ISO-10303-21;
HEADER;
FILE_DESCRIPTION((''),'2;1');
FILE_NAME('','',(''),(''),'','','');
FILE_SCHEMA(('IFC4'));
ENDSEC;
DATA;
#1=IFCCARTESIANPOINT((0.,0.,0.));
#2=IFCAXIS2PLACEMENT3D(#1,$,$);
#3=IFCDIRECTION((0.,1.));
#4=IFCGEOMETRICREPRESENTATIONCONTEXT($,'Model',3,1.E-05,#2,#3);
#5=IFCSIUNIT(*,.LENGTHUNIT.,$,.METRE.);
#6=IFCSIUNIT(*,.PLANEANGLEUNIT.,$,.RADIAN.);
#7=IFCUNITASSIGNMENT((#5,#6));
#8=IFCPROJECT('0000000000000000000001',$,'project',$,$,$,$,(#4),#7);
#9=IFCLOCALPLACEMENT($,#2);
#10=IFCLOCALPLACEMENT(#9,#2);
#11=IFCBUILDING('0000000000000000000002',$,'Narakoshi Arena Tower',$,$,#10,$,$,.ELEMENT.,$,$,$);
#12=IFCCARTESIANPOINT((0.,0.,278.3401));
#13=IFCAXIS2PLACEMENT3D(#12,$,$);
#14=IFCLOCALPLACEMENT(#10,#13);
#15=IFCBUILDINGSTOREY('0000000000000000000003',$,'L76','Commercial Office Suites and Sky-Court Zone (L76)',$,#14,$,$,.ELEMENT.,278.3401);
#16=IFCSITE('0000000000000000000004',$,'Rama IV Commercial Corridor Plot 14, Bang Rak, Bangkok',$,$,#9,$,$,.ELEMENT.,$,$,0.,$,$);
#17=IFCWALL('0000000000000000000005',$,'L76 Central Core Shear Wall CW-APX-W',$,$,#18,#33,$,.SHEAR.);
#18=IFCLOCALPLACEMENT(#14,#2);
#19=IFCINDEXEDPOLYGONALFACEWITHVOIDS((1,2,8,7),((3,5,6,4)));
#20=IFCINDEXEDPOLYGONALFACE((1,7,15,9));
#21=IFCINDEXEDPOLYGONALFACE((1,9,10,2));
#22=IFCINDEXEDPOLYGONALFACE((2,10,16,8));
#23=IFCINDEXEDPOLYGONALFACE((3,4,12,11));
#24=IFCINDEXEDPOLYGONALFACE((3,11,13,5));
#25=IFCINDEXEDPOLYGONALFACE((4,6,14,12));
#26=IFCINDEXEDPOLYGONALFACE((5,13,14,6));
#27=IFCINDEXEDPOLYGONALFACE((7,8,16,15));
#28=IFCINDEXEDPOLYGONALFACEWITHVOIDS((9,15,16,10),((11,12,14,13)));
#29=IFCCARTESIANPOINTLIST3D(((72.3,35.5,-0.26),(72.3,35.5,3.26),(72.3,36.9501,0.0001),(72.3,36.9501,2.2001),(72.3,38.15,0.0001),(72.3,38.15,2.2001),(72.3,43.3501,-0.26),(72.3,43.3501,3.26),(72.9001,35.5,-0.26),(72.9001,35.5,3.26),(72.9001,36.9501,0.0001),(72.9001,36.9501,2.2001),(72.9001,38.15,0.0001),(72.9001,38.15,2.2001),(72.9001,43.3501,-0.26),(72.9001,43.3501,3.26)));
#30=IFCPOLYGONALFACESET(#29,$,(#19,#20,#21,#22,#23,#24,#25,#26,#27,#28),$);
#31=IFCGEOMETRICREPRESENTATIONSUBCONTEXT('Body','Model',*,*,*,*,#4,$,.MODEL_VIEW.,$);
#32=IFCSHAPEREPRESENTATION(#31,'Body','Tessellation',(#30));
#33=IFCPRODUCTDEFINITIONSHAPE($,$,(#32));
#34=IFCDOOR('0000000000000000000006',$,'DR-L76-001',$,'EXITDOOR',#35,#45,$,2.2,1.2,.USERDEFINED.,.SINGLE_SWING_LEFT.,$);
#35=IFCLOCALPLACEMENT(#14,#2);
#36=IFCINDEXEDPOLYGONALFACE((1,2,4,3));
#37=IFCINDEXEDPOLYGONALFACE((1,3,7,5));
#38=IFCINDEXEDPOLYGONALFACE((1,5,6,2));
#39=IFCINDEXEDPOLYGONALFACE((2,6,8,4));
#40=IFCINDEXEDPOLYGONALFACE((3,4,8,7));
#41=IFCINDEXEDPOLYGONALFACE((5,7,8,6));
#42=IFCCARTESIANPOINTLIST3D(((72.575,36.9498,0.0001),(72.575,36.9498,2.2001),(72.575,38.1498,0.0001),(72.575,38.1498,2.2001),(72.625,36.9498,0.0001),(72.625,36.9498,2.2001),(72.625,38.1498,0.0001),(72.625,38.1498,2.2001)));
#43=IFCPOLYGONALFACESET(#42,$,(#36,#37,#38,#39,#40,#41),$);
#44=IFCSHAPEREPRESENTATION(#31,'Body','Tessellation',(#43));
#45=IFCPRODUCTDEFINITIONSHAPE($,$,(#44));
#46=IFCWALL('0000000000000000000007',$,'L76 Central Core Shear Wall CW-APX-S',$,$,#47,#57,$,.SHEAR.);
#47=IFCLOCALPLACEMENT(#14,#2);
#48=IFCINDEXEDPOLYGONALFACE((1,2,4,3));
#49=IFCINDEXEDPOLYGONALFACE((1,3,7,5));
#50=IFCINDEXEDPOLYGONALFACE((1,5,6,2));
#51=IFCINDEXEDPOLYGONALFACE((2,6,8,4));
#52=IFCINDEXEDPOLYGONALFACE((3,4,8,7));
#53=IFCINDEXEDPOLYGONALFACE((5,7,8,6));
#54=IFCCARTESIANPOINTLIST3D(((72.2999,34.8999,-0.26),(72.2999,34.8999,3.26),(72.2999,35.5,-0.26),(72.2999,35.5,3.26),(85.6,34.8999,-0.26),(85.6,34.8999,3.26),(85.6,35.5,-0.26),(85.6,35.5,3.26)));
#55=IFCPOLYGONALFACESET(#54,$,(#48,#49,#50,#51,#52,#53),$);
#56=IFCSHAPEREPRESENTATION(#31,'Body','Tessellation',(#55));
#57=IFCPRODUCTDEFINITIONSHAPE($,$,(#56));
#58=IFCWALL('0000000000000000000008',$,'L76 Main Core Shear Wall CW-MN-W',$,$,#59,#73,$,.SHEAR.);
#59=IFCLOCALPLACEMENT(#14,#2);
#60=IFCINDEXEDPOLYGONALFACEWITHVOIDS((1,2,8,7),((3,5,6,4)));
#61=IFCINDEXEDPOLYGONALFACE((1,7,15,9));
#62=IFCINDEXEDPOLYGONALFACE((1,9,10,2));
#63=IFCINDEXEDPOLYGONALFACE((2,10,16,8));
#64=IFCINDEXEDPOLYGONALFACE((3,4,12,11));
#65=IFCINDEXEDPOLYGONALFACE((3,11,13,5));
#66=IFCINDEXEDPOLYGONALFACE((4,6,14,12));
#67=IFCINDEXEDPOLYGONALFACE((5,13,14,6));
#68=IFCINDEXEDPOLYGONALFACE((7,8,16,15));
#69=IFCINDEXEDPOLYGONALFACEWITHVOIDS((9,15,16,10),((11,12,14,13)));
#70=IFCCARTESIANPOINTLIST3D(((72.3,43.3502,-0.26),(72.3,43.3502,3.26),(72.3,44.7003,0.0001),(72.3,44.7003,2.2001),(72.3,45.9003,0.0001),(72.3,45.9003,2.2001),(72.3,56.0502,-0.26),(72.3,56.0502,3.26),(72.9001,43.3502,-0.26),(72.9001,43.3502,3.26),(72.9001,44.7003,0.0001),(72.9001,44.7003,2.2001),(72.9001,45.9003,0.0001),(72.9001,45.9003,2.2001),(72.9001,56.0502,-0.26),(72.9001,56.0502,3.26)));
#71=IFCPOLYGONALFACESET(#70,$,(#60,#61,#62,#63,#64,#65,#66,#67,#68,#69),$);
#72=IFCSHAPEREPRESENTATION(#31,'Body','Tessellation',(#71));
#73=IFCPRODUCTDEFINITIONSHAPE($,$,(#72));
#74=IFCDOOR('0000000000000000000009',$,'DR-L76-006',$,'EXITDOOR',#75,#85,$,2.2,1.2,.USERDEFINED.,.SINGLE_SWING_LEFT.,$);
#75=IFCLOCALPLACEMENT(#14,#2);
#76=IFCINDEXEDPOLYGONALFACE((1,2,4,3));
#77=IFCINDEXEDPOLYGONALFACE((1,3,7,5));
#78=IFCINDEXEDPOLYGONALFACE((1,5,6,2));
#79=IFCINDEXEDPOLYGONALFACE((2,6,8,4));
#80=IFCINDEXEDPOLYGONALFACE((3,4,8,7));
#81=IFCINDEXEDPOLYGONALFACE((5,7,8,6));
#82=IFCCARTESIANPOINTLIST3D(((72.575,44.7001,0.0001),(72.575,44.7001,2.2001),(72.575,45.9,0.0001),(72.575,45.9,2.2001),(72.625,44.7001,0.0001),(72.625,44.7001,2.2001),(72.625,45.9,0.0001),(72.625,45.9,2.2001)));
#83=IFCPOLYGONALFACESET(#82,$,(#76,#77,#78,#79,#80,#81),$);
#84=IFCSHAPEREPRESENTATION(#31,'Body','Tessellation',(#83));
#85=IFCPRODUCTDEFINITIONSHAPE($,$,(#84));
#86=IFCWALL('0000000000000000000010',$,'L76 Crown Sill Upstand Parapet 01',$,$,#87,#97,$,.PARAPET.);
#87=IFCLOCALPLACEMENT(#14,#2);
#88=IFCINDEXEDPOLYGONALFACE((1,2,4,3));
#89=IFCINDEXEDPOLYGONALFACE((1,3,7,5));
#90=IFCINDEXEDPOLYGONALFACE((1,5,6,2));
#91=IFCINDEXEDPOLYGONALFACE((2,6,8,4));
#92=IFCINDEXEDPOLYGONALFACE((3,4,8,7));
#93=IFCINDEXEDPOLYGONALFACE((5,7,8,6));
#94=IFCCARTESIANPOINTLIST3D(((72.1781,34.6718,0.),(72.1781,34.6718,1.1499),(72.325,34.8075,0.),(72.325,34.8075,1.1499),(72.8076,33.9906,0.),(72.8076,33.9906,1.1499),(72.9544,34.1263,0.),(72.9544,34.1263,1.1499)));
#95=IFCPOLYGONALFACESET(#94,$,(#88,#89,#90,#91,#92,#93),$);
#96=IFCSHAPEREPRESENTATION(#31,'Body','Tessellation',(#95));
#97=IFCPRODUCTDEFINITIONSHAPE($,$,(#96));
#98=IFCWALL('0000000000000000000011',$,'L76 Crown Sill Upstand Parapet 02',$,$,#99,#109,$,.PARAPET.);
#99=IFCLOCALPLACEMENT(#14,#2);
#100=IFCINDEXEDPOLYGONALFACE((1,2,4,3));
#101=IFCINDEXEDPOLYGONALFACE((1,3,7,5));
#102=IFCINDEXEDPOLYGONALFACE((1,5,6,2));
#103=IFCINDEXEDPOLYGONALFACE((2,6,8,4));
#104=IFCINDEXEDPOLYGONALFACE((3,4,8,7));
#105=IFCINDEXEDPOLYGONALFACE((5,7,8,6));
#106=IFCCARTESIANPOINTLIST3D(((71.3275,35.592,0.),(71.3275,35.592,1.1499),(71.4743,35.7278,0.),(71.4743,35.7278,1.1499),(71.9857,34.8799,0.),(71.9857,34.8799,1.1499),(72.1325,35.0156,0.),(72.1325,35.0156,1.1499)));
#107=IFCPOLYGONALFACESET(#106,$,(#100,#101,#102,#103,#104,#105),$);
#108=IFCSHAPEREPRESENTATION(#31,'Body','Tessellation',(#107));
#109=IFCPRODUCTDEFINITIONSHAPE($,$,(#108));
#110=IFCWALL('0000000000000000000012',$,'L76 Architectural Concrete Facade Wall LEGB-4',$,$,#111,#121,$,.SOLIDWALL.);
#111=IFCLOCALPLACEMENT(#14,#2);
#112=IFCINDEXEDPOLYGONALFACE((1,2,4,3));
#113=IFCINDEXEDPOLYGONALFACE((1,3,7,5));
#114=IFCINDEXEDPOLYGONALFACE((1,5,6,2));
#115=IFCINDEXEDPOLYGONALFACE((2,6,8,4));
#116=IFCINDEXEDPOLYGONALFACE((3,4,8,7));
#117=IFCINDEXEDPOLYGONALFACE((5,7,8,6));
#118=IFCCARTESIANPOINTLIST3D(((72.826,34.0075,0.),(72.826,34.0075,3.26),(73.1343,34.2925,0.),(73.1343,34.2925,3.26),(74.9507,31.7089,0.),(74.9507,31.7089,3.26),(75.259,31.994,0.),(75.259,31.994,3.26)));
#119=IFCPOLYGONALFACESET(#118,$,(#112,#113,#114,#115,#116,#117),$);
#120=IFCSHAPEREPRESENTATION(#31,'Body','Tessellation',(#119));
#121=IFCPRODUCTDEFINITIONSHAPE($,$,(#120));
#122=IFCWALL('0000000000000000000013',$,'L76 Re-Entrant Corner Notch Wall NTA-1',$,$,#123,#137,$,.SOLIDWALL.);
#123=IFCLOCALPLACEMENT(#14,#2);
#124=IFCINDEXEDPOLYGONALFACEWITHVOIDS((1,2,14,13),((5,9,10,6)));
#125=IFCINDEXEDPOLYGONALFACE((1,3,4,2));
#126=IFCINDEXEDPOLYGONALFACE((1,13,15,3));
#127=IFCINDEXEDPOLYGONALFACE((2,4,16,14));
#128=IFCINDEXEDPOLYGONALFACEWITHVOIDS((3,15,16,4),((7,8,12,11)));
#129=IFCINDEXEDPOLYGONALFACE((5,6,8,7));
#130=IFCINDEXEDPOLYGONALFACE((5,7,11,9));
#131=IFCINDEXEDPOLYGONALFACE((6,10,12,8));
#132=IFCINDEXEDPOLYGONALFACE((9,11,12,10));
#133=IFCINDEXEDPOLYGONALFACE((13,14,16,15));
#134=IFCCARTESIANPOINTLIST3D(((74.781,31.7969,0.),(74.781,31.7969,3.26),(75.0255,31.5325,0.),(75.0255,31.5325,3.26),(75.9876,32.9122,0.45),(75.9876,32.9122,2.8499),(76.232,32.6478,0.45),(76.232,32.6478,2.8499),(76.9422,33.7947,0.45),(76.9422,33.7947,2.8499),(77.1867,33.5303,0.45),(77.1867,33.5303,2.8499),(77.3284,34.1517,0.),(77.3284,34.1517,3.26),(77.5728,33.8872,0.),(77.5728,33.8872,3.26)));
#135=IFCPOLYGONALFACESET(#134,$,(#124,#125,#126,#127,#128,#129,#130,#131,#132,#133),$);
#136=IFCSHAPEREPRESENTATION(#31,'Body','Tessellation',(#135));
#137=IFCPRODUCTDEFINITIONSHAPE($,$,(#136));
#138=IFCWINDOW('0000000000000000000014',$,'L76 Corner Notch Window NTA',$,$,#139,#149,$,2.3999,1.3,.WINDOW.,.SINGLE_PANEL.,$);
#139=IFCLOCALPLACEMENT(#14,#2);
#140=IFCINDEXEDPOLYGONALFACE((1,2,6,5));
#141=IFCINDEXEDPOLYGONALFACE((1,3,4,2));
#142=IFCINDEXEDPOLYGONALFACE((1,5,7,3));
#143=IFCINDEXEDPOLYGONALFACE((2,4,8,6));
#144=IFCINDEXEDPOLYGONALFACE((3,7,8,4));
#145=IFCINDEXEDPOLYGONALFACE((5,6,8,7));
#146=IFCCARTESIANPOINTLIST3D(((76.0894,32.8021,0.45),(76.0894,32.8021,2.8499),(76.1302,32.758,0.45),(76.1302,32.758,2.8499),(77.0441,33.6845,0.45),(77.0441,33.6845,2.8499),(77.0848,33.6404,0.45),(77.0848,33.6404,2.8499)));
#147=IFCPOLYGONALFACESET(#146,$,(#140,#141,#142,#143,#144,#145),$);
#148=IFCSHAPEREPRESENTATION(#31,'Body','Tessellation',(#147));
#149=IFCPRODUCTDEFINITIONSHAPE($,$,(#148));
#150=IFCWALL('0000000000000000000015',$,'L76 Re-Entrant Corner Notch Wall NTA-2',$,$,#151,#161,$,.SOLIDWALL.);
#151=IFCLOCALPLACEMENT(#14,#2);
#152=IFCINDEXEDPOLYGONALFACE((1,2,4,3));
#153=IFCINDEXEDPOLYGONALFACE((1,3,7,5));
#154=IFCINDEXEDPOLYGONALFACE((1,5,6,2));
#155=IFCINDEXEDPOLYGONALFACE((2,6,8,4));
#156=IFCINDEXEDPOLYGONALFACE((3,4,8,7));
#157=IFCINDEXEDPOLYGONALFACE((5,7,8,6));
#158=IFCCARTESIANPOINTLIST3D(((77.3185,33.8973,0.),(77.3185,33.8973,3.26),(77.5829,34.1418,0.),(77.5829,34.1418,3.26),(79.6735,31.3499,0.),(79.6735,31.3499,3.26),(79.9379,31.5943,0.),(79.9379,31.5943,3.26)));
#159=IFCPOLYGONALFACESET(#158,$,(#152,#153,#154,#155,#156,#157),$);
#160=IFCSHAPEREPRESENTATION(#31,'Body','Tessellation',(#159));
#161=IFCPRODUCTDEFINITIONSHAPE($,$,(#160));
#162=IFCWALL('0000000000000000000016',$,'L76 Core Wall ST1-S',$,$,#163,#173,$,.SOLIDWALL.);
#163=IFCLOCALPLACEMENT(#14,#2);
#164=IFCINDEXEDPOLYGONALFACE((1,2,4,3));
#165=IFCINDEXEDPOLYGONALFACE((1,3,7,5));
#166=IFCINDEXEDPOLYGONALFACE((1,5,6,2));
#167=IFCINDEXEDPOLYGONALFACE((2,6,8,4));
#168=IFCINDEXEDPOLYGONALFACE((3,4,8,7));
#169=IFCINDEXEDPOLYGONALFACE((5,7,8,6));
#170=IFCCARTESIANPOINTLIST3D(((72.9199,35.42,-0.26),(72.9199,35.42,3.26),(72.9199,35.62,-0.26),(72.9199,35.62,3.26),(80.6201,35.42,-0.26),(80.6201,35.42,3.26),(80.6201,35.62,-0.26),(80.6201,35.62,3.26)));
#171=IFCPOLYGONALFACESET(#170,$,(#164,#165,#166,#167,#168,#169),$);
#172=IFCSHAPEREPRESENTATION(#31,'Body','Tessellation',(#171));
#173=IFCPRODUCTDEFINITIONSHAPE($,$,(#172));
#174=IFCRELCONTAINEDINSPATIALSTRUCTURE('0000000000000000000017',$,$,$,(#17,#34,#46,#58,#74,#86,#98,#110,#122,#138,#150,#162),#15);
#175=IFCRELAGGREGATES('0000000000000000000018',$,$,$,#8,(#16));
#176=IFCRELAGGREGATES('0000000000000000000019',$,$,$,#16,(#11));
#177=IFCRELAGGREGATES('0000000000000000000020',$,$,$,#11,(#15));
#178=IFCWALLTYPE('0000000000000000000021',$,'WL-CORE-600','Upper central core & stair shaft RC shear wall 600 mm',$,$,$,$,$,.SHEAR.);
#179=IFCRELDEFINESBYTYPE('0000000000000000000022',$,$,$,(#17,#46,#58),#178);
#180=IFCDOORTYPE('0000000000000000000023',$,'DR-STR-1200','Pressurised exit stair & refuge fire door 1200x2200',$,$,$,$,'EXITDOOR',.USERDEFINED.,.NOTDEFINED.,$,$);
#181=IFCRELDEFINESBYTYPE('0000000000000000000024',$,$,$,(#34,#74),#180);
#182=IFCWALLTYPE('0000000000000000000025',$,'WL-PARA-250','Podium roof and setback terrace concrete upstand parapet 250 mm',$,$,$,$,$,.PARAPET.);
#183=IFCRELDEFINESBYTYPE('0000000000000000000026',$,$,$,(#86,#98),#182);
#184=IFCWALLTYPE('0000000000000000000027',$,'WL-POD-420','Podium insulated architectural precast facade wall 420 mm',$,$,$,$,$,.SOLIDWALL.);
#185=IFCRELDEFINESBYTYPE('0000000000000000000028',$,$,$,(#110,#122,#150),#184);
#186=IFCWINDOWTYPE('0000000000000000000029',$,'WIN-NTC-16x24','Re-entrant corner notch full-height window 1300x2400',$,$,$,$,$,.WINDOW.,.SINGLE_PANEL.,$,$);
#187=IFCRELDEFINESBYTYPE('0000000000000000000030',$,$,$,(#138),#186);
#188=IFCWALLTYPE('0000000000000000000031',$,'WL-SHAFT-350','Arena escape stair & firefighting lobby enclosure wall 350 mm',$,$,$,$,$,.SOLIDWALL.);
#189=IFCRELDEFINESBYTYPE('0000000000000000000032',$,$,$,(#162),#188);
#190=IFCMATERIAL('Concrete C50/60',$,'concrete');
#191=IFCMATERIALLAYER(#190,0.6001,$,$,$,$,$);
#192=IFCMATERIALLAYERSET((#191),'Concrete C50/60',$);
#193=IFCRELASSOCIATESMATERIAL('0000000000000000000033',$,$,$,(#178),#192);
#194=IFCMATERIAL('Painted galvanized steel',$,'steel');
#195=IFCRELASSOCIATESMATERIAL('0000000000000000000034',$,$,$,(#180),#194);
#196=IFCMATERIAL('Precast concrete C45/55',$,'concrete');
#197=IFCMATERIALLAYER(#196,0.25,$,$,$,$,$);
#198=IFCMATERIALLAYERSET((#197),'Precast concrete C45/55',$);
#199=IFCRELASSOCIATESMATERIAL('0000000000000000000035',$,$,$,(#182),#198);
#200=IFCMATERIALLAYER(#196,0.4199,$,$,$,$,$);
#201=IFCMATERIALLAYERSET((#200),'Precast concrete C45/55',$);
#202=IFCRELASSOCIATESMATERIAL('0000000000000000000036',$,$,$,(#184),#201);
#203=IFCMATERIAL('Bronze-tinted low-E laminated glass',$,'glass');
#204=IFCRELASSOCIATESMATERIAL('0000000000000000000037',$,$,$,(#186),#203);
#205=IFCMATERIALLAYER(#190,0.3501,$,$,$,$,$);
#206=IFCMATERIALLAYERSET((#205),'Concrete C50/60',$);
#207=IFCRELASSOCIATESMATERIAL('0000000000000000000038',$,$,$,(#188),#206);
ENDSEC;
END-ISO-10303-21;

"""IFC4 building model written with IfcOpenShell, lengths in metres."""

from ifc_helpers import new_model, si_unit, direction, frame, frame_2d, origin, place, context, subcontext, project, spatial, rectangle, extrude, material, layer, layer_set, type_object, element, fill, save


model = new_model("IFC4")

# Units and contexts
model_context = context("Model", 3, precision=1e-05, world=origin(), true_north=direction((0.0, 1.0)))
body_context = subcontext(model_context, "Body", "Model", "MODEL_VIEW")
ifc_project = project(units=[si_unit("LENGTHUNIT", "METRE"), si_unit("PLANEANGLEUNIT", "RADIAN")], contexts=[model_context])

# Site, building, storey
site_placement = place(None, origin())
site = spatial("IfcSite", under=ifc_project, at=site_placement, Name="Rama IV Commercial Corridor Plot 14, Bang Rak, Bangkok", CompositionType="ELEMENT", RefElevation=0.0)
building_placement = place(site_placement, origin())
building = spatial("IfcBuilding", under=site, at=building_placement, Name="Narakoshi Arena Tower", CompositionType="ELEMENT")
storey_placement = place(building_placement, frame((0.0, 0.0, 278.3401)))
storey = spatial("IfcBuildingStorey", under=building, at=storey_placement, Name="L76", Description="Commercial Office Suites and Sky-Court Zone (L76)", CompositionType="ELEMENT", Elevation=278.3401)

# Wall, opening, door
ifc_material_1 = material(Name="Concrete C50/60", Category="concrete")
ifc_layer_1 = layer(ifc_material_1, 0.6001)
ifc_layer_set_1 = layer_set([ifc_layer_1], Name="Concrete C50/60")
wall_type_1 = type_object("IfcWallType", Name="WL-CORE-600", Description="Upper central core & stair shaft RC shear wall 600 mm", PredefinedType="SHEAR", material=ifc_layer_set_1)
wall_1_placement = place(storey_placement, frame((72.6001, 35.5, -0.26), z_axis=(0.0, 0.0, 1.0), x_axis=(0.0, 1.0, 0.0)))
wall_1 = element("IfcWall", 1, at=wall_1_placement, inside=storey, type_object=wall_type_1, Name="L76 Central Core Shear Wall CW-APX-W", PredefinedType="SHEAR", context=body_context, shape_type="SweptSolid", body=[
    extrude(rectangle(XDim=7.8501, YDim=0.6001, at=frame_2d((3.925, 0.0))), origin(), (0.0, 0.0, 1.0), 3.52),
])
opening_1_placement = place(wall_1_placement, frame((1.45, 0.0, 0.26)))
opening_1 = element("IfcOpeningElement", 2, at=opening_1_placement, cuts=wall_1, PredefinedType="OPENING", context=body_context, shape_type="SweptSolid", body=[
    extrude(rectangle(XDim=1.2, YDim=2.2, at=frame_2d((0.6001, 1.1001))), frame((0.0, 0.3101, 0.0), z_axis=(0.0, -1.0, 0.0), x_axis=(1.0, 0.0, 0.0)), (0.0, 0.0, 1.0), 0.6201),
])
ifc_material_2 = material(Name="Painted galvanized steel", Category="steel")
door_type = type_object("IfcDoorType", Name="DR-STR-1200", Description="Pressurised exit stair & refuge fire door 1200x2200", ElementType="EXITDOOR", OperationType="NOTDEFINED", PredefinedType="USERDEFINED", material=ifc_material_2)
door_1_placement = place(opening_1_placement, frame((1.2, 0.0, 0.0), z_axis=(0.0, 0.0, 1.0), x_axis=(-1.0, 0.0, 0.0)))
door_1 = element("IfcDoor", 3, at=door_1_placement, inside=storey, type_object=door_type, Name="DR-L76-001", ObjectType="EXITDOOR", OperationType="SINGLE_SWING_LEFT", OverallHeight=2.2, OverallWidth=1.2, PredefinedType="USERDEFINED", context=body_context, shape_type="SweptSolid", body=[
    extrude(rectangle(XDim=1.2, YDim=2.2, at=frame_2d((0.6001, 1.1001))), frame((0.0, 0.0249, 0.0), z_axis=(0.0, -1.0, 0.0), x_axis=(1.0, 0.0, 0.0)), (0.0, 0.0, 1.0), 0.05),
])
fill(opening_1, door_1)

# Wall
wall_2_placement = place(storey_placement, frame((72.3, 35.2, -0.26), z_axis=(0.0, 0.0, 1.0), x_axis=(1.0, 0.0, 0.0)))
element("IfcWall", 4, at=wall_2_placement, inside=storey, type_object=wall_type_1, Name="L76 Central Core Shear Wall CW-APX-S", PredefinedType="SHEAR", context=body_context, shape_type="SweptSolid", body=[
    extrude(rectangle(XDim=13.3, YDim=0.6001, at=frame_2d((6.6499, 0.0))), origin(), (0.0, 0.0, 1.0), 3.52),
])

# Wall, opening, door
wall_3_placement = place(storey_placement, frame((72.6001, 43.3501, -0.26), z_axis=(0.0, 0.0, 1.0), x_axis=(0.0, 1.0, 0.0)))
wall_3 = element("IfcWall", 5, at=wall_3_placement, inside=storey, type_object=wall_type_1, Name="L76 Main Core Shear Wall CW-MN-W", PredefinedType="SHEAR", context=body_context, shape_type="SweptSolid", body=[
    extrude(rectangle(XDim=12.7, YDim=0.6001, at=frame_2d((6.3501, 0.0))), origin(), (0.0, 0.0, 1.0), 3.52),
])
opening_2_placement = place(wall_3_placement, frame((1.3501, 0.0, 0.26)))
opening_2 = element("IfcOpeningElement", 6, at=opening_2_placement, cuts=wall_3, PredefinedType="OPENING", context=body_context, shape_type="SweptSolid", body=[
    extrude(rectangle(XDim=1.2, YDim=2.2, at=frame_2d((0.6001, 1.1001))), frame((0.0, 0.3101, 0.0), z_axis=(0.0, -1.0, 0.0), x_axis=(1.0, 0.0, 0.0)), (0.0, 0.0, 1.0), 0.6201),
])
door_2_placement = place(opening_2_placement, frame((1.2, 0.0, 0.0), z_axis=(0.0, 0.0, 1.0), x_axis=(-1.0, 0.0, 0.0)))
door_2 = element("IfcDoor", 7, at=door_2_placement, inside=storey, type_object=door_type, Name="DR-L76-006", ObjectType="EXITDOOR", OperationType="SINGLE_SWING_LEFT", OverallHeight=2.2, OverallWidth=1.2, PredefinedType="USERDEFINED", context=body_context, shape_type="SweptSolid", body=[
    extrude(rectangle(XDim=1.2, YDim=2.2, at=frame_2d((0.6001, 1.1001))), frame((0.0, 0.0249, 0.0), z_axis=(0.0, -1.0, 0.0), x_axis=(1.0, 0.0, 0.0)), (0.0, 0.0, 1.0), 0.05),
])
fill(opening_2, door_2)

# Walls
ifc_material_3 = material(Name="Precast concrete C45/55", Category="concrete")
ifc_layer_2 = layer(ifc_material_3, 0.25)
ifc_layer_set_2 = layer_set([ifc_layer_2], Name="Precast concrete C45/55")
wall_type_2 = type_object("IfcWallType", Name="WL-PARA-250", Description="Podium roof and setback terrace concrete upstand parapet 250 mm", PredefinedType="PARAPET", material=ifc_layer_set_2)
wall_4_placement = place(storey_placement, frame((72.8811, 34.0583, 0.0), z_axis=(0.0, 0.0, 1.0), x_axis=(-0.678652, 0.73446, 0.0)))
element("IfcWall", 8, at=wall_4_placement, inside=storey, type_object=wall_type_2, Name="L76 Crown Sill Upstand Parapet 01", PredefinedType="PARAPET", context=body_context, shape_type="SweptSolid", body=[
    extrude(rectangle(XDim=0.9275, YDim=0.2, at=frame_2d((0.4639, 0.0))), origin(), (0.0, 0.0, 1.0), 1.1499),
])
wall_5_placement = place(storey_placement, frame((72.0591, 34.9478, 0.0), z_axis=(0.0, 0.0, 1.0), x_axis=(-0.67874, 0.734379, 0.0)))
element("IfcWall", 9, at=wall_5_placement, inside=storey, type_object=wall_type_2, Name="L76 Crown Sill Upstand Parapet 02", PredefinedType="PARAPET", context=body_context, shape_type="SweptSolid", body=[
    extrude(rectangle(XDim=0.9697, YDim=0.2, at=frame_2d((0.4849, 0.0))), origin(), (0.0, 0.0, 1.0), 1.1499),
])
ifc_layer_3 = layer(ifc_material_3, 0.4199)
ifc_layer_set_3 = layer_set([ifc_layer_3], Name="Precast concrete C45/55")
wall_type_3 = type_object("IfcWallType", Name="WL-POD-420", Description="Podium insulated architectural precast facade wall 420 mm", PredefinedType="SOLIDWALL", material=ifc_layer_set_3)
wall_6_placement = place(storey_placement, frame((72.9802, 34.1499, 0.0), z_axis=(0.0, 0.0, 1.0), x_axis=(0.678795, -0.734328, 0.0)))
element("IfcWall", 10, at=wall_6_placement, inside=storey, type_object=wall_type_3, Name="L76 Architectural Concrete Facade Wall LEGB-4", PredefinedType="SOLIDWALL", context=body_context, shape_type="SweptSolid", body=[
    extrude(rectangle(XDim=3.1301, YDim=0.4199, at=frame_2d((1.5649, 0.0))), origin(), (0.0, 0.0, 1.0), 3.26),
])

# Wall, opening, window
wall_7_placement = place(storey_placement, frame((74.9033, 31.6648, 0.0), z_axis=(0.0, 0.0, 1.0), x_axis=(0.734326, 0.678797, 0.0)))
wall_7 = element("IfcWall", 11, at=wall_7_placement, inside=storey, type_object=wall_type_3, Name="L76 Re-Entrant Corner Notch Wall NTA-1", PredefinedType="SOLIDWALL", context=body_context, shape_type="SweptSolid", body=[
    extrude(rectangle(XDim=3.469, YDim=0.3601, at=frame_2d((1.7344, 0.0))), origin(), (0.0, 0.0, 1.0), 3.26),
])
opening_3_placement = place(wall_7_placement, frame((1.6431, 0.0, 0.45)))
opening_3 = element("IfcOpeningElement", 12, at=opening_3_placement, cuts=wall_7, PredefinedType="OPENING", context=body_context, shape_type="SweptSolid", body=[
    extrude(rectangle(XDim=1.3, YDim=2.3999, at=frame_2d((0.6499, 1.2))), frame((0.0, 0.1899, 0.0), z_axis=(0.0, -1.0, 0.0), x_axis=(1.0, 0.0, 0.0)), (0.0, 0.0, 1.0), 0.3801),
])
ifc_material_4 = material(Name="Bronze-tinted low-E laminated glass", Category="glass")
window_type = type_object("IfcWindowType", Name="WIN-NTC-16x24", Description="Re-entrant corner notch full-height window 1300x2400", PartitioningType="SINGLE_PANEL", PredefinedType="WINDOW", material=ifc_material_4)
window_placement = place(opening_3_placement, origin())
window = element("IfcWindow", 13, at=window_placement, inside=storey, type_object=window_type, Name="L76 Corner Notch Window NTA", OverallHeight=2.3999, OverallWidth=1.3, PartitioningType="SINGLE_PANEL", PredefinedType="WINDOW", context=body_context, shape_type="SweptSolid", body=[
    extrude(rectangle(XDim=1.3, YDim=2.3999, at=frame_2d((0.6499, 1.2))), frame((0.0, 0.03, 0.0), z_axis=(0.0, -1.0, 0.0), x_axis=(1.0, 0.0, 0.0)), (0.0, 0.0, 1.0), 0.0601),
])
fill(opening_3, window)

# Walls
wall_8_placement = place(storey_placement, frame((77.4507, 34.0195, 0.0), z_axis=(0.0, 0.0, 1.0), x_axis=(0.678835, -0.734291, 0.0)))
element("IfcWall", 14, at=wall_8_placement, inside=storey, type_object=wall_type_3, Name="L76 Re-Entrant Corner Notch Wall NTA-2", PredefinedType="SOLIDWALL", context=body_context, shape_type="SweptSolid", body=[
    extrude(rectangle(XDim=3.4692, YDim=0.3601, at=frame_2d((1.7346, 0.0))), origin(), (0.0, 0.0, 1.0), 3.26),
])
ifc_layer_4 = layer(ifc_material_1, 0.3501)
ifc_layer_set_4 = layer_set([ifc_layer_4], Name="Concrete C50/60")
wall_type_4 = type_object("IfcWallType", Name="WL-SHAFT-350", Description="Arena escape stair & firefighting lobby enclosure wall 350 mm", PredefinedType="SOLIDWALL", material=ifc_layer_set_4)
for number, where, z_axis, x_axis, name in (
    (15, (72.9199, 35.52, -0.26), (0.0, 0.0, 1.0), (1.0, 0.0, 0.0), "L76 Core Wall ST1-S"),
):
    element("IfcWall", number, at=place(storey_placement, frame(where, z_axis=z_axis, x_axis=x_axis)), inside=storey, type_object=wall_type_4, Name=name, PredefinedType="SOLIDWALL", context=body_context, shape_type="SweptSolid", body=[
        extrude(rectangle(XDim=7.7002, YDim=0.2, at=frame_2d((3.8501, 0.0))), origin(), (0.0, 0.0, 1.0), 3.52),
    ])

save(model, "model.ifc")
